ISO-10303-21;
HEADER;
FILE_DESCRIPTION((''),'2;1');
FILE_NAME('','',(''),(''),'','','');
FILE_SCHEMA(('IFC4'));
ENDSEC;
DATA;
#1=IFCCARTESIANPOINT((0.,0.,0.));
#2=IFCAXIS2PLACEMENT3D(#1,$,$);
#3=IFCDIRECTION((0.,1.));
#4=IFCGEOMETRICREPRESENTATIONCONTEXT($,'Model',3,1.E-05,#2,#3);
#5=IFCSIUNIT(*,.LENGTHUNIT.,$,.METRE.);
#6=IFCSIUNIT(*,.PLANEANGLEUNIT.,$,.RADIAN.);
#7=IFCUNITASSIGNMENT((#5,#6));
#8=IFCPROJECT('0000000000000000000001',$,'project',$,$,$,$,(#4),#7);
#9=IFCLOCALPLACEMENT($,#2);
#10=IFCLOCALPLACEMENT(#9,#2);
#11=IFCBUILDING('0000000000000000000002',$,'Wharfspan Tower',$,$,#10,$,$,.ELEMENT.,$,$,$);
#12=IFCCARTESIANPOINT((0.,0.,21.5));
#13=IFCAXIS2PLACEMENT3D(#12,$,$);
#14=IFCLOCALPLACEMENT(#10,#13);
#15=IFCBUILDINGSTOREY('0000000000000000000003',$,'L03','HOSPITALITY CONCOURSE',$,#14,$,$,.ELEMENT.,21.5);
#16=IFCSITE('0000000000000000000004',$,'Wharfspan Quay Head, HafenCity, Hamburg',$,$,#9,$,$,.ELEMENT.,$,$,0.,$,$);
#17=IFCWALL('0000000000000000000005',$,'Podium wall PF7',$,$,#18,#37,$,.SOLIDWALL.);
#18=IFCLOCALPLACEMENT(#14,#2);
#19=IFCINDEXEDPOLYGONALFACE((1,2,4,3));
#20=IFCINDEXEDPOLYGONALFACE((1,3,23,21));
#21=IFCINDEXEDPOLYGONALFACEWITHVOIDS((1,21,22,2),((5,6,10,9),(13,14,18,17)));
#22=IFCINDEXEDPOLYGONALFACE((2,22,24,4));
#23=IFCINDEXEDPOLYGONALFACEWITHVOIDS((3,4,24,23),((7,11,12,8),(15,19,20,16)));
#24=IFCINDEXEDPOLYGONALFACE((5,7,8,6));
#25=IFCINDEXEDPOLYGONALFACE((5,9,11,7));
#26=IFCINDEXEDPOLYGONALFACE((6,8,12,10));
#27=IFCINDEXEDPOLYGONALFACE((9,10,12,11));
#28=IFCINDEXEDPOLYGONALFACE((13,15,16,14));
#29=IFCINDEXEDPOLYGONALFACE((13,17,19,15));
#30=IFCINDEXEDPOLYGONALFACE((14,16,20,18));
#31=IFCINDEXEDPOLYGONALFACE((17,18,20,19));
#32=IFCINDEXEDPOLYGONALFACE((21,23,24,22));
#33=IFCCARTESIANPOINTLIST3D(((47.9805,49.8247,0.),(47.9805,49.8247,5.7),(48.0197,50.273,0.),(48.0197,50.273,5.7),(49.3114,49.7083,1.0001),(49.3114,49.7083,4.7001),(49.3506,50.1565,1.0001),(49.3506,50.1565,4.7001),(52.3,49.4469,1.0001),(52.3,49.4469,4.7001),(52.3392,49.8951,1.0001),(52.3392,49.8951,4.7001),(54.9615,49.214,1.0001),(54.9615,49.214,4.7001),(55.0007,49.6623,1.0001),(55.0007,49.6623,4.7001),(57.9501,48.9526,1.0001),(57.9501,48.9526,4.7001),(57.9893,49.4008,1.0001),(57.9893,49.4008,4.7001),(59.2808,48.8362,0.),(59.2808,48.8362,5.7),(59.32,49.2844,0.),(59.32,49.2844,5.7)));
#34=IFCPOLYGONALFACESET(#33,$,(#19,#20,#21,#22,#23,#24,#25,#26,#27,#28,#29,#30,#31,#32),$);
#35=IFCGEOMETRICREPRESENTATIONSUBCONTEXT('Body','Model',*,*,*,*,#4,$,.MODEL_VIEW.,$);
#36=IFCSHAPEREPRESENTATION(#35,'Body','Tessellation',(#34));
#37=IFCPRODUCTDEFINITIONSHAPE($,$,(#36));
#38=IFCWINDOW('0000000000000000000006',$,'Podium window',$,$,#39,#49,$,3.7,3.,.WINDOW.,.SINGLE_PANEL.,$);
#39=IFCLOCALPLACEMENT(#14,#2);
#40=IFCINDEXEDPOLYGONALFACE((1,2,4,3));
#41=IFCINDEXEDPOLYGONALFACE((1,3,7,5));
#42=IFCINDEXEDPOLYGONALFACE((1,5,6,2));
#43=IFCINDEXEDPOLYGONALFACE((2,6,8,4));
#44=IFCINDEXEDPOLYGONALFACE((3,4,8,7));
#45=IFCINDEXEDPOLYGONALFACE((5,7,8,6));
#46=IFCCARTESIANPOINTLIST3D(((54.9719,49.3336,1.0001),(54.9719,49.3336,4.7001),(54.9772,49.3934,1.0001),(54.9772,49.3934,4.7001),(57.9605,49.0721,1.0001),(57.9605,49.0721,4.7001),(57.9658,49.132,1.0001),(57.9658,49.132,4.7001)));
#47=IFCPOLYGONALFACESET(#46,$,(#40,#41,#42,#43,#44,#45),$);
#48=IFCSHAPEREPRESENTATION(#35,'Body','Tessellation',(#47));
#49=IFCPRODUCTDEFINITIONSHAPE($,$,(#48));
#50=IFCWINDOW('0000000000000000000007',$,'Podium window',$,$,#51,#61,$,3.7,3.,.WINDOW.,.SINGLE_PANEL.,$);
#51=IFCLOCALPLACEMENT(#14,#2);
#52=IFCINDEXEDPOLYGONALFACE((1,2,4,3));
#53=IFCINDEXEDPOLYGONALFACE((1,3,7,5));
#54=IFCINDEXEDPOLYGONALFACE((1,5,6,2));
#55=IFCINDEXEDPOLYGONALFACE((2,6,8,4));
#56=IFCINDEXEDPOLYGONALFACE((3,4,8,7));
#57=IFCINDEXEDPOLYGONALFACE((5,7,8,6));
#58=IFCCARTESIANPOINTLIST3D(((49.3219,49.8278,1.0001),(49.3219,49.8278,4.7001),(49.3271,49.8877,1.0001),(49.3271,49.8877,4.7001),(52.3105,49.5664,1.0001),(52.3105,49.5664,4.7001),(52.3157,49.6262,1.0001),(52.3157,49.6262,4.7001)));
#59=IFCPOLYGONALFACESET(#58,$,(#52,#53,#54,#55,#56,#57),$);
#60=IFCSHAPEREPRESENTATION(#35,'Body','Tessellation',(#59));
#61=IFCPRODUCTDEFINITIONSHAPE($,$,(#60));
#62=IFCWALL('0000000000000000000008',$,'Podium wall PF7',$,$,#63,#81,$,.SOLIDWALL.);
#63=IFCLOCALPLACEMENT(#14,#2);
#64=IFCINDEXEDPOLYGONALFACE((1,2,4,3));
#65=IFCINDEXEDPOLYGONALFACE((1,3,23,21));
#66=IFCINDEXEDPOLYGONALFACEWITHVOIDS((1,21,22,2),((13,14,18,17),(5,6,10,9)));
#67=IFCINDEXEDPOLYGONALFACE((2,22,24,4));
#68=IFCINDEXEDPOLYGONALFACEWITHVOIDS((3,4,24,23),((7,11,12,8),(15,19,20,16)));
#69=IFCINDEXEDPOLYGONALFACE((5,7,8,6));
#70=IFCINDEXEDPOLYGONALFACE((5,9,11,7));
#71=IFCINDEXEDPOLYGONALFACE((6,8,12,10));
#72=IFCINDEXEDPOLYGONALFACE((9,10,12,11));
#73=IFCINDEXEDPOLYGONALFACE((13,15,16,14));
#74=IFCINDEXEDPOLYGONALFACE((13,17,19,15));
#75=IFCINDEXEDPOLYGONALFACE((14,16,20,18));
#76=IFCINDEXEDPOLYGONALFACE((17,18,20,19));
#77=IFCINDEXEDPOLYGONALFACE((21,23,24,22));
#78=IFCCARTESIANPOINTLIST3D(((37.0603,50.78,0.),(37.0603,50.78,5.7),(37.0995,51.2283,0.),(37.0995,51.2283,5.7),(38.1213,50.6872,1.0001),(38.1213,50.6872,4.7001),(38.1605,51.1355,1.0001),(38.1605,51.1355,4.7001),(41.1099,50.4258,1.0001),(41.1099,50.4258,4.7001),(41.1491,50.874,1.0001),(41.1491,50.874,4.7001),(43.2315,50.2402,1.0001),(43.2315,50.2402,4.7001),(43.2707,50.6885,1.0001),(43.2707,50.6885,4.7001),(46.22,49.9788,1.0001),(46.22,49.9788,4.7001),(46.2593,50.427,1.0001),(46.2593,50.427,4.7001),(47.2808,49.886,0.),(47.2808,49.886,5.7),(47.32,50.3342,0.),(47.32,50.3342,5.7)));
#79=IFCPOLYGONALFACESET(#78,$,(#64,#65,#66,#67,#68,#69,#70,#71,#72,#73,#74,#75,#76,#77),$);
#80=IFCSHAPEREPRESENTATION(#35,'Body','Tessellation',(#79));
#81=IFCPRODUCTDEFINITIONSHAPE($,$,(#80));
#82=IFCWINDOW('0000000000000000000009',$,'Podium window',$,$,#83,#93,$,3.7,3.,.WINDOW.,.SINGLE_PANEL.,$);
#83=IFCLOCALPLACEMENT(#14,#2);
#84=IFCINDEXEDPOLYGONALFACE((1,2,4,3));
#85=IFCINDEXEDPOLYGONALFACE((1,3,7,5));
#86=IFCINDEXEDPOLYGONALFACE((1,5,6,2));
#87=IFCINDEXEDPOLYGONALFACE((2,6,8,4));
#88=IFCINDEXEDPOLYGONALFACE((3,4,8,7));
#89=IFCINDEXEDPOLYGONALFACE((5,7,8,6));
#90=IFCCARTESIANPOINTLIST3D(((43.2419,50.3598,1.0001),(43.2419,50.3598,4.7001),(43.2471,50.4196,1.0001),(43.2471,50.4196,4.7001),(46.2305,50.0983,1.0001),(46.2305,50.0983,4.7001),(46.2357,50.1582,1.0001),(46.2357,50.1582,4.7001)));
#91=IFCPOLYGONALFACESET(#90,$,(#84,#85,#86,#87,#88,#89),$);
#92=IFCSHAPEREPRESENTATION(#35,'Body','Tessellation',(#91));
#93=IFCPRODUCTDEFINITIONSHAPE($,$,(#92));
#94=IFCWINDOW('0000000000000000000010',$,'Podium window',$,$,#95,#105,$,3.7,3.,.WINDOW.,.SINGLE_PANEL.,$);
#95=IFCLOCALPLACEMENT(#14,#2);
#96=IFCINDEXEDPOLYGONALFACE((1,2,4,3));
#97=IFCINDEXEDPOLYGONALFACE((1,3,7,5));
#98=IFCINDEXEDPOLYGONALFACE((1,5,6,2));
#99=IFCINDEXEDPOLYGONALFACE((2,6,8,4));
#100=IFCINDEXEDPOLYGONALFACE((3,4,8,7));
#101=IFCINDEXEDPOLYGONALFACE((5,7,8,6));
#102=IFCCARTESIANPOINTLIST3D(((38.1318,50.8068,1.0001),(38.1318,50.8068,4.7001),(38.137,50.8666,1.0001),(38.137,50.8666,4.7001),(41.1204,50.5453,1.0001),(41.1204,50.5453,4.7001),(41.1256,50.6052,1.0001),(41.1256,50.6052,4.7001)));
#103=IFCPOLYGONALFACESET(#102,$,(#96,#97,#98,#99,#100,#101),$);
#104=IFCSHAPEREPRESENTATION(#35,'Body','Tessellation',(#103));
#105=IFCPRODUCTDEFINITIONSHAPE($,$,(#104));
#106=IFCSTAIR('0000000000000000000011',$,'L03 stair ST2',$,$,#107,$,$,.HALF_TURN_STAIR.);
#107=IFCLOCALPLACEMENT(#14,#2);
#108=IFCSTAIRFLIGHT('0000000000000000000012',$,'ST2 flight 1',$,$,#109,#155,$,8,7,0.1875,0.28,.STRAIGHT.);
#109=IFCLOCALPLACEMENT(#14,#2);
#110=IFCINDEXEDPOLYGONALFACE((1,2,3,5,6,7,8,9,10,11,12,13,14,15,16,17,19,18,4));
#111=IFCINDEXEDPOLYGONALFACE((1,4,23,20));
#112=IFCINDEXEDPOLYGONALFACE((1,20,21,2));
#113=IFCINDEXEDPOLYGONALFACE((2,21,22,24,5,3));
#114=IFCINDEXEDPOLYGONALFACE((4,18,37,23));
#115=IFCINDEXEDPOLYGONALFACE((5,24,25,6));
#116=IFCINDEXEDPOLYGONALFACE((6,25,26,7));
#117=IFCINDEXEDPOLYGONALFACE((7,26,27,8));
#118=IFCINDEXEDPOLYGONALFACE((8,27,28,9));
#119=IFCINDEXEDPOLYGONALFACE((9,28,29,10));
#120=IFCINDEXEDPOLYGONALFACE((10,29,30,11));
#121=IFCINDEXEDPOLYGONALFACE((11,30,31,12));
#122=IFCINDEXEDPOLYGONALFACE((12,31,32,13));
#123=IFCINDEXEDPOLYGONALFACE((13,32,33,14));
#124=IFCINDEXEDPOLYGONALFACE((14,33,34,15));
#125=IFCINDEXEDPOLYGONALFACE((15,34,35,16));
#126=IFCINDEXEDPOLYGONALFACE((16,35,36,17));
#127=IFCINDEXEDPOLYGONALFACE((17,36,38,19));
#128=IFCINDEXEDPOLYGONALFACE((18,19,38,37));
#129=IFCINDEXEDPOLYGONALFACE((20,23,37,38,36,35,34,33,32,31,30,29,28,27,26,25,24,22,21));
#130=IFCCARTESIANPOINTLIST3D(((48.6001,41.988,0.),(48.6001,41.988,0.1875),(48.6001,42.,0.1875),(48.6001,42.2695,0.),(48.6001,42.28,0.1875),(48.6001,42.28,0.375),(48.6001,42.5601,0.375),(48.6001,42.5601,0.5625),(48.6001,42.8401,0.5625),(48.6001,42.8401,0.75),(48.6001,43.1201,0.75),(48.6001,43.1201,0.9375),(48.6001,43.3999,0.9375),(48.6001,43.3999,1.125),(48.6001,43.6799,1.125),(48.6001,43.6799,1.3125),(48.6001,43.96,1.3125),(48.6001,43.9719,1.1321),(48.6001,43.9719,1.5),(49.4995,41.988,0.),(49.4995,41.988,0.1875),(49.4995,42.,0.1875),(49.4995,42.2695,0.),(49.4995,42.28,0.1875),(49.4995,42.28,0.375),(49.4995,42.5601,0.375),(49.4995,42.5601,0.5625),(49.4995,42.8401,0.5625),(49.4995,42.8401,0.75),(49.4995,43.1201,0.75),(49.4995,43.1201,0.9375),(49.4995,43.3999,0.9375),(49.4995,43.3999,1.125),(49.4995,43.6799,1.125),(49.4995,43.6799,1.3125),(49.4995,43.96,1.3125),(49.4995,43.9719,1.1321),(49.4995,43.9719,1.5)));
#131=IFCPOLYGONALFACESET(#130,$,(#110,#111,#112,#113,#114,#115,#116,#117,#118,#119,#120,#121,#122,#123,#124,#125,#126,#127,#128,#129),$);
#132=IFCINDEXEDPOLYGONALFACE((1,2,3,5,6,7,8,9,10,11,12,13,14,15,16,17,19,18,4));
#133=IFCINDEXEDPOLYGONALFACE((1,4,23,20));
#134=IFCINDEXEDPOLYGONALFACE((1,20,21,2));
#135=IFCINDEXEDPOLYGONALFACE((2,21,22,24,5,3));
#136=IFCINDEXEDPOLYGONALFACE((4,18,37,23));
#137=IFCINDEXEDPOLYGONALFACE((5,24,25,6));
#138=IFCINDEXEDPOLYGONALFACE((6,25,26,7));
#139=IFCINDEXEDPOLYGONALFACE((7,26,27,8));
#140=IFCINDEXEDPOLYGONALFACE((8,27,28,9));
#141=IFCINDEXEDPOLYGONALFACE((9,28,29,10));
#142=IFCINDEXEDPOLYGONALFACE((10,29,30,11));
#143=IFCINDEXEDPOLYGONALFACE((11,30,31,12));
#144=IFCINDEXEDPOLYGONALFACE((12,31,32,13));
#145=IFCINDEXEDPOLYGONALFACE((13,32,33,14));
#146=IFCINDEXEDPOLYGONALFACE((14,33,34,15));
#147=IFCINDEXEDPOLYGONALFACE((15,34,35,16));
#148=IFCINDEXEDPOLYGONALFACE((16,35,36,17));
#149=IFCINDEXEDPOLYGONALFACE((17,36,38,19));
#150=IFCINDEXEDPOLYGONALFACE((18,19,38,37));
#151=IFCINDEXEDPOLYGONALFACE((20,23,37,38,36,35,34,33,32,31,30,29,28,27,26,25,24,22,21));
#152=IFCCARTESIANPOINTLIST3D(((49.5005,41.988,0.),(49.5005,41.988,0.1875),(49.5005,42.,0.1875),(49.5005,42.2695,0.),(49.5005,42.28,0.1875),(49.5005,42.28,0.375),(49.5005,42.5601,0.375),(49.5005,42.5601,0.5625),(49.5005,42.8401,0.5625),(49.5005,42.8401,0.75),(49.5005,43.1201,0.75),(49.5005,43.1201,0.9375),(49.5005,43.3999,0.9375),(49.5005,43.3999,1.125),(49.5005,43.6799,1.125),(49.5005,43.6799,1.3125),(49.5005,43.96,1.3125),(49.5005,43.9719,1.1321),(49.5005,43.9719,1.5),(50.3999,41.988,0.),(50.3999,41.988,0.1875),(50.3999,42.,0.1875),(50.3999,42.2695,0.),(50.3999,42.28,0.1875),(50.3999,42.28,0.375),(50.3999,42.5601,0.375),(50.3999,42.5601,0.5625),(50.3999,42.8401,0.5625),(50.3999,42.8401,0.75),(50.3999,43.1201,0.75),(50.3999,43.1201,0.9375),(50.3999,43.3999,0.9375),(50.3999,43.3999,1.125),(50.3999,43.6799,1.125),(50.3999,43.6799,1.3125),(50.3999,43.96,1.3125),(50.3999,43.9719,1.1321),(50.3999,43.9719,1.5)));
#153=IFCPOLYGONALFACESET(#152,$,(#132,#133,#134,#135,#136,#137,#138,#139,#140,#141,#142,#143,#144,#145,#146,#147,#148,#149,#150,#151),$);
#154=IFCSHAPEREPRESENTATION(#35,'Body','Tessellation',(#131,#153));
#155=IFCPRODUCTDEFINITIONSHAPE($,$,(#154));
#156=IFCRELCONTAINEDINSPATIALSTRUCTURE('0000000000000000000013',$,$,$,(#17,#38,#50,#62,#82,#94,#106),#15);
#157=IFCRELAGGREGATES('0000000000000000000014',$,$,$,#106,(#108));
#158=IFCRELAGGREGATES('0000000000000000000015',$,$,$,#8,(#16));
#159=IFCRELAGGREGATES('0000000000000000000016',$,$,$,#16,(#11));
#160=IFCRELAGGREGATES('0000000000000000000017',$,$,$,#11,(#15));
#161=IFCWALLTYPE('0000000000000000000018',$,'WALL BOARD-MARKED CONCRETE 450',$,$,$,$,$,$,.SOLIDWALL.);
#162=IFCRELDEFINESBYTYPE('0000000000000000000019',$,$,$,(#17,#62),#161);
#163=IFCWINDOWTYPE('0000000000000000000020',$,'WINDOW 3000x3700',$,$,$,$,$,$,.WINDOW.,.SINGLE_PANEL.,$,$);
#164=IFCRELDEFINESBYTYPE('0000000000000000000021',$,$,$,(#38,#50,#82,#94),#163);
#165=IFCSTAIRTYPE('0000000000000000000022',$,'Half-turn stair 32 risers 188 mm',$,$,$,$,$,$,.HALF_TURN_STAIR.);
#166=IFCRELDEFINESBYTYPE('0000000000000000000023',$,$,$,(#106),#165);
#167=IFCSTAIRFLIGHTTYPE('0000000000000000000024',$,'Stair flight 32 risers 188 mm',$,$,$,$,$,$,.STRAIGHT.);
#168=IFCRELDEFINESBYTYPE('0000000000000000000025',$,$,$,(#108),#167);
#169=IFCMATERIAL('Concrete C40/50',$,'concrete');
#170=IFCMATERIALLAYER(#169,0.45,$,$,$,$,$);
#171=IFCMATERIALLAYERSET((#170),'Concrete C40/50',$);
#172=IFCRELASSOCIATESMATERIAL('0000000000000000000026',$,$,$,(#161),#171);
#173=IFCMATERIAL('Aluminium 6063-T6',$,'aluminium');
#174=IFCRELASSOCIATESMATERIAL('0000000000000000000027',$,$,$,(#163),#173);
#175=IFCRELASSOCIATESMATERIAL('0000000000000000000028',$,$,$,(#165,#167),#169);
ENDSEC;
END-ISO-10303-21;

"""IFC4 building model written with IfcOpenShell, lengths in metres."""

from ifc_helpers import new_model, si_unit, direction, frame, frame_2d, origin, place, context, subcontext, project, spatial, polyline, rectangle, outline, extrude, material, layer, layer_set, type_object, element, fill, aggregate, save


model = new_model("IFC4")

# Units and contexts
model_context = context("Model", 3, precision=1e-05, world=origin(), true_north=direction((0.0, 1.0)))
body_context = subcontext(model_context, "Body", "Model", "MODEL_VIEW")
ifc_project = project(units=[si_unit("LENGTHUNIT", "METRE"), si_unit("PLANEANGLEUNIT", "RADIAN")], contexts=[model_context])

# Site, building, storey
site_placement = place(None, origin())
site = spatial("IfcSite", under=ifc_project, at=site_placement, Name="Wharfspan Quay Head, HafenCity, Hamburg", CompositionType="ELEMENT", RefElevation=0.0)
building_placement = place(site_placement, origin())
building = spatial("IfcBuilding", under=site, at=building_placement, Name="Wharfspan Tower", CompositionType="ELEMENT")
storey_placement = place(building_placement, frame((0.0, 0.0, 21.5)))
storey = spatial("IfcBuildingStorey", under=building, at=storey_placement, Name="L03", Description="HOSPITALITY CONCOURSE", CompositionType="ELEMENT", Elevation=21.5)

# Shared definitions
ifc_material_1 = material(Name="Concrete C40/50", Category="concrete")

# Walls, openings, windows
ifc_layer_1 = layer(ifc_material_1, 0.45)
ifc_layer_set_1 = layer_set([ifc_layer_1], Name="Concrete C40/50")
wall_type_1 = type_object("IfcWallType", Name="WALL BOARD-MARKED CONCRETE 450", PredefinedType="SOLIDWALL", material=ifc_layer_set_1)
wall_1_placement = place(storey_placement, frame((59.3005, 49.0603, 0.0), z_axis=(0.0, 0.0, 1.0), x_axis=(-0.996195, 0.087145, 0.0)))
wall_1 = element("IfcWall", 1, at=wall_1_placement, inside=storey, type_object=wall_type_1, Name="Podium wall PF7", PredefinedType="SOLIDWALL", context=body_context, shape_type="SweptSolid", body=[
    extrude(rectangle(XDim=11.3435, YDim=0.45, at=frame_2d((5.6719, 0.0))), origin(), (0.0, 0.0, 1.0), 5.7),
])
opening_1_placement = place(wall_1_placement, frame((1.3359, 0.0, 1.0)))
opening_1 = element("IfcOpeningElement", 2, at=opening_1_placement, cuts=wall_1, PredefinedType="OPENING", context=body_context, shape_type="SweptSolid", body=[
    extrude(rectangle(XDim=3.0, YDim=3.7, at=frame_2d((1.5, 1.8501))), frame((0.0, 0.2349, 0.0), z_axis=(0.0, -1.0, 0.0), x_axis=(1.0, 0.0, 0.0)), (0.0, 0.0, 1.0), 0.47),
])
opening_2_placement = place(wall_1_placement, frame((7.0076, 0.0, 1.0)))
opening_2 = element("IfcOpeningElement", 3, at=opening_2_placement, cuts=wall_1, PredefinedType="OPENING", context=body_context, shape_type="SweptSolid", body=[
    extrude(rectangle(XDim=3.0, YDim=3.7, at=frame_2d((1.5, 1.8501))), frame((0.0, 0.2349, 0.0), z_axis=(0.0, -1.0, 0.0), x_axis=(1.0, 0.0, 0.0)), (0.0, 0.0, 1.0), 0.47),
])
ifc_material_2 = material(Name="Aluminium 6063-T6", Category="aluminium")
window_type = type_object("IfcWindowType", Name="WINDOW 3000x3700", PartitioningType="SINGLE_PANEL", PredefinedType="WINDOW", material=ifc_material_2)
window_1_placement = place(opening_1_placement, origin())
window_1 = element("IfcWindow", 4, at=window_1_placement, inside=storey, type_object=window_type, Name="Podium window", OverallHeight=3.7, OverallWidth=3.0, PartitioningType="SINGLE_PANEL", PredefinedType="WINDOW", context=body_context, shape_type="SweptSolid", body=[
    extrude(rectangle(XDim=3.0, YDim=3.7, at=frame_2d((1.5, 1.8501))), frame((0.0, 0.105, 0.0), z_axis=(0.0, -1.0, 0.0), x_axis=(1.0, 0.0, 0.0)), (0.0, 0.0, 1.0), 0.0601),
])
fill(opening_1, window_1)
window_2_placement = place(opening_2_placement, origin())
window_2 = element("IfcWindow", 5, at=window_2_placement, inside=storey, type_object=window_type, Name="Podium window", OverallHeight=3.7, OverallWidth=3.0, PartitioningType="SINGLE_PANEL", PredefinedType="WINDOW", context=body_context, shape_type="SweptSolid", body=[
    extrude(rectangle(XDim=3.0, YDim=3.7, at=frame_2d((1.5, 1.8501))), frame((0.0, 0.105, 0.0), z_axis=(0.0, -1.0, 0.0), x_axis=(1.0, 0.0, 0.0)), (0.0, 0.0, 1.0), 0.0601),
])
fill(opening_2, window_2)
wall_2_placement = place(storey_placement, frame((47.3005, 50.1101, 0.0), z_axis=(0.0, 0.0, 1.0), x_axis=(-0.996195, 0.087143, 0.0)))
wall_2 = element("IfcWall", 6, at=wall_2_placement, inside=storey, type_object=wall_type_1, Name="Podium wall PF7", PredefinedType="SOLIDWALL", context=body_context, shape_type="SweptSolid", body=[
    extrude(rectangle(XDim=10.2595, YDim=0.45, at=frame_2d((5.1299, 0.0))), origin(), (0.0, 0.0, 1.0), 5.7),
])
opening_3_placement = place(wall_2_placement, frame((1.0649, 0.0, 1.0)))
opening_3 = element("IfcOpeningElement", 7, at=opening_3_placement, cuts=wall_2, PredefinedType="OPENING", context=body_context, shape_type="SweptSolid", body=[
    extrude(rectangle(XDim=3.0, YDim=3.7, at=frame_2d((1.5, 1.8501))), frame((0.0, 0.2349, 0.0), z_axis=(0.0, -1.0, 0.0), x_axis=(1.0, 0.0, 0.0)), (0.0, 0.0, 1.0), 0.47),
])
opening_4_placement = place(wall_2_placement, frame((6.1946, 0.0, 1.0)))
opening_4 = element("IfcOpeningElement", 8, at=opening_4_placement, cuts=wall_2, PredefinedType="OPENING", context=body_context, shape_type="SweptSolid", body=[
    extrude(rectangle(XDim=3.0, YDim=3.7, at=frame_2d((1.5, 1.8501))), frame((0.0, 0.2349, 0.0), z_axis=(0.0, -1.0, 0.0), x_axis=(1.0, 0.0, 0.0)), (0.0, 0.0, 1.0), 0.47),
])
window_3_placement = place(opening_3_placement, origin())
window_3 = element("IfcWindow", 9, at=window_3_placement, inside=storey, type_object=window_type, Name="Podium window", OverallHeight=3.7, OverallWidth=3.0, PartitioningType="SINGLE_PANEL", PredefinedType="WINDOW", context=body_context, shape_type="SweptSolid", body=[
    extrude(rectangle(XDim=3.0, YDim=3.7, at=frame_2d((1.5, 1.8501))), frame((0.0, 0.105, 0.0), z_axis=(0.0, -1.0, 0.0), x_axis=(1.0, 0.0, 0.0)), (0.0, 0.0, 1.0), 0.0601),
])
fill(opening_3, window_3)
window_4_placement = place(opening_4_placement, origin())
window_4 = element("IfcWindow", 10, at=window_4_placement, inside=storey, type_object=window_type, Name="Podium window", OverallHeight=3.7, OverallWidth=3.0, PartitioningType="SINGLE_PANEL", PredefinedType="WINDOW", context=body_context, shape_type="SweptSolid", body=[
    extrude(rectangle(XDim=3.0, YDim=3.7, at=frame_2d((1.5, 1.8501))), frame((0.0, 0.105, 0.0), z_axis=(0.0, -1.0, 0.0), x_axis=(1.0, 0.0, 0.0)), (0.0, 0.0, 1.0), 0.0601),
])
fill(opening_4, window_4)

# Stair, stair flight
stair_type = type_object("IfcStairType", Name="Half-turn stair 32 risers 188 mm", PredefinedType="HALF_TURN_STAIR", material=ifc_material_1)
stair_placement = place(storey_placement, origin())
stair = element("IfcStair", 11, at=stair_placement, inside=storey, type_object=stair_type, Name="L03 stair ST2", PredefinedType="HALF_TURN_STAIR")
stair_flight_type = type_object("IfcStairFlightType", Name="Stair flight 32 risers 188 mm", PredefinedType="STRAIGHT", material=ifc_material_1)
stair_flight_1_placement = place(storey_placement, frame((49.5, 42.0, 0.0), z_axis=(0.0, 0.0, 1.0), x_axis=(0.0, 1.0, 0.0)))
stair_flight_1 = element("IfcStairFlight", 12, at=stair_flight_1_placement, type_object=stair_flight_type, Name="ST2 flight 1", NumberOfRisers=8, NumberOfTreads=7, PredefinedType="STRAIGHT", RiserHeight=0.1875, TreadLength=0.28, context=body_context, shape_type="SweptSolid", body=[
    extrude(outline(polyline([(-0.012, 0.0), (-0.012, 0.1875), (0.0, 0.1875), (0.28, 0.1875), (0.28, 0.375), (0.5601, 0.375), (0.5601, 0.5625), (0.8401, 0.5625), (0.8401, 0.75), (1.1201, 0.75), (1.1201, 0.9375), (1.3999, 0.9375), (1.3999, 1.125), (1.6799, 1.125), (1.6799, 1.3125), (1.96, 1.3125), (1.9719, 1.5), (1.9719, 1.1321), (0.2695, 0.0), (-0.012, 0.0)])), frame((0.0, 0.8999, 0.0), z_axis=(0.0, -1.0, 0.0), x_axis=(1.0, 0.0, 0.0)), (0.0, 0.0, 1.0), 0.8994),
    extrude(outline(polyline([(-0.012, 0.0), (-0.012, 0.1875), (0.0, 0.1875), (0.28, 0.1875), (0.28, 0.375), (0.5601, 0.375), (0.5601, 0.5625), (0.8401, 0.5625), (0.8401, 0.75), (1.1201, 0.75), (1.1201, 0.9375), (1.3999, 0.9375), (1.3999, 1.125), (1.6799, 1.125), (1.6799, 1.3125), (1.96, 1.3125), (1.9719, 1.5), (1.9719, 1.1321), (0.2695, 0.0), (-0.012, 0.0)])), frame((0.0, -0.0005, 0.0), z_axis=(0.0, -1.0, 0.0), x_axis=(1.0, 0.0, 0.0)), (0.0, 0.0, 1.0), 0.8994),
])
aggregate(stair, [stair_flight_1])

save(model, "model.ifc")
